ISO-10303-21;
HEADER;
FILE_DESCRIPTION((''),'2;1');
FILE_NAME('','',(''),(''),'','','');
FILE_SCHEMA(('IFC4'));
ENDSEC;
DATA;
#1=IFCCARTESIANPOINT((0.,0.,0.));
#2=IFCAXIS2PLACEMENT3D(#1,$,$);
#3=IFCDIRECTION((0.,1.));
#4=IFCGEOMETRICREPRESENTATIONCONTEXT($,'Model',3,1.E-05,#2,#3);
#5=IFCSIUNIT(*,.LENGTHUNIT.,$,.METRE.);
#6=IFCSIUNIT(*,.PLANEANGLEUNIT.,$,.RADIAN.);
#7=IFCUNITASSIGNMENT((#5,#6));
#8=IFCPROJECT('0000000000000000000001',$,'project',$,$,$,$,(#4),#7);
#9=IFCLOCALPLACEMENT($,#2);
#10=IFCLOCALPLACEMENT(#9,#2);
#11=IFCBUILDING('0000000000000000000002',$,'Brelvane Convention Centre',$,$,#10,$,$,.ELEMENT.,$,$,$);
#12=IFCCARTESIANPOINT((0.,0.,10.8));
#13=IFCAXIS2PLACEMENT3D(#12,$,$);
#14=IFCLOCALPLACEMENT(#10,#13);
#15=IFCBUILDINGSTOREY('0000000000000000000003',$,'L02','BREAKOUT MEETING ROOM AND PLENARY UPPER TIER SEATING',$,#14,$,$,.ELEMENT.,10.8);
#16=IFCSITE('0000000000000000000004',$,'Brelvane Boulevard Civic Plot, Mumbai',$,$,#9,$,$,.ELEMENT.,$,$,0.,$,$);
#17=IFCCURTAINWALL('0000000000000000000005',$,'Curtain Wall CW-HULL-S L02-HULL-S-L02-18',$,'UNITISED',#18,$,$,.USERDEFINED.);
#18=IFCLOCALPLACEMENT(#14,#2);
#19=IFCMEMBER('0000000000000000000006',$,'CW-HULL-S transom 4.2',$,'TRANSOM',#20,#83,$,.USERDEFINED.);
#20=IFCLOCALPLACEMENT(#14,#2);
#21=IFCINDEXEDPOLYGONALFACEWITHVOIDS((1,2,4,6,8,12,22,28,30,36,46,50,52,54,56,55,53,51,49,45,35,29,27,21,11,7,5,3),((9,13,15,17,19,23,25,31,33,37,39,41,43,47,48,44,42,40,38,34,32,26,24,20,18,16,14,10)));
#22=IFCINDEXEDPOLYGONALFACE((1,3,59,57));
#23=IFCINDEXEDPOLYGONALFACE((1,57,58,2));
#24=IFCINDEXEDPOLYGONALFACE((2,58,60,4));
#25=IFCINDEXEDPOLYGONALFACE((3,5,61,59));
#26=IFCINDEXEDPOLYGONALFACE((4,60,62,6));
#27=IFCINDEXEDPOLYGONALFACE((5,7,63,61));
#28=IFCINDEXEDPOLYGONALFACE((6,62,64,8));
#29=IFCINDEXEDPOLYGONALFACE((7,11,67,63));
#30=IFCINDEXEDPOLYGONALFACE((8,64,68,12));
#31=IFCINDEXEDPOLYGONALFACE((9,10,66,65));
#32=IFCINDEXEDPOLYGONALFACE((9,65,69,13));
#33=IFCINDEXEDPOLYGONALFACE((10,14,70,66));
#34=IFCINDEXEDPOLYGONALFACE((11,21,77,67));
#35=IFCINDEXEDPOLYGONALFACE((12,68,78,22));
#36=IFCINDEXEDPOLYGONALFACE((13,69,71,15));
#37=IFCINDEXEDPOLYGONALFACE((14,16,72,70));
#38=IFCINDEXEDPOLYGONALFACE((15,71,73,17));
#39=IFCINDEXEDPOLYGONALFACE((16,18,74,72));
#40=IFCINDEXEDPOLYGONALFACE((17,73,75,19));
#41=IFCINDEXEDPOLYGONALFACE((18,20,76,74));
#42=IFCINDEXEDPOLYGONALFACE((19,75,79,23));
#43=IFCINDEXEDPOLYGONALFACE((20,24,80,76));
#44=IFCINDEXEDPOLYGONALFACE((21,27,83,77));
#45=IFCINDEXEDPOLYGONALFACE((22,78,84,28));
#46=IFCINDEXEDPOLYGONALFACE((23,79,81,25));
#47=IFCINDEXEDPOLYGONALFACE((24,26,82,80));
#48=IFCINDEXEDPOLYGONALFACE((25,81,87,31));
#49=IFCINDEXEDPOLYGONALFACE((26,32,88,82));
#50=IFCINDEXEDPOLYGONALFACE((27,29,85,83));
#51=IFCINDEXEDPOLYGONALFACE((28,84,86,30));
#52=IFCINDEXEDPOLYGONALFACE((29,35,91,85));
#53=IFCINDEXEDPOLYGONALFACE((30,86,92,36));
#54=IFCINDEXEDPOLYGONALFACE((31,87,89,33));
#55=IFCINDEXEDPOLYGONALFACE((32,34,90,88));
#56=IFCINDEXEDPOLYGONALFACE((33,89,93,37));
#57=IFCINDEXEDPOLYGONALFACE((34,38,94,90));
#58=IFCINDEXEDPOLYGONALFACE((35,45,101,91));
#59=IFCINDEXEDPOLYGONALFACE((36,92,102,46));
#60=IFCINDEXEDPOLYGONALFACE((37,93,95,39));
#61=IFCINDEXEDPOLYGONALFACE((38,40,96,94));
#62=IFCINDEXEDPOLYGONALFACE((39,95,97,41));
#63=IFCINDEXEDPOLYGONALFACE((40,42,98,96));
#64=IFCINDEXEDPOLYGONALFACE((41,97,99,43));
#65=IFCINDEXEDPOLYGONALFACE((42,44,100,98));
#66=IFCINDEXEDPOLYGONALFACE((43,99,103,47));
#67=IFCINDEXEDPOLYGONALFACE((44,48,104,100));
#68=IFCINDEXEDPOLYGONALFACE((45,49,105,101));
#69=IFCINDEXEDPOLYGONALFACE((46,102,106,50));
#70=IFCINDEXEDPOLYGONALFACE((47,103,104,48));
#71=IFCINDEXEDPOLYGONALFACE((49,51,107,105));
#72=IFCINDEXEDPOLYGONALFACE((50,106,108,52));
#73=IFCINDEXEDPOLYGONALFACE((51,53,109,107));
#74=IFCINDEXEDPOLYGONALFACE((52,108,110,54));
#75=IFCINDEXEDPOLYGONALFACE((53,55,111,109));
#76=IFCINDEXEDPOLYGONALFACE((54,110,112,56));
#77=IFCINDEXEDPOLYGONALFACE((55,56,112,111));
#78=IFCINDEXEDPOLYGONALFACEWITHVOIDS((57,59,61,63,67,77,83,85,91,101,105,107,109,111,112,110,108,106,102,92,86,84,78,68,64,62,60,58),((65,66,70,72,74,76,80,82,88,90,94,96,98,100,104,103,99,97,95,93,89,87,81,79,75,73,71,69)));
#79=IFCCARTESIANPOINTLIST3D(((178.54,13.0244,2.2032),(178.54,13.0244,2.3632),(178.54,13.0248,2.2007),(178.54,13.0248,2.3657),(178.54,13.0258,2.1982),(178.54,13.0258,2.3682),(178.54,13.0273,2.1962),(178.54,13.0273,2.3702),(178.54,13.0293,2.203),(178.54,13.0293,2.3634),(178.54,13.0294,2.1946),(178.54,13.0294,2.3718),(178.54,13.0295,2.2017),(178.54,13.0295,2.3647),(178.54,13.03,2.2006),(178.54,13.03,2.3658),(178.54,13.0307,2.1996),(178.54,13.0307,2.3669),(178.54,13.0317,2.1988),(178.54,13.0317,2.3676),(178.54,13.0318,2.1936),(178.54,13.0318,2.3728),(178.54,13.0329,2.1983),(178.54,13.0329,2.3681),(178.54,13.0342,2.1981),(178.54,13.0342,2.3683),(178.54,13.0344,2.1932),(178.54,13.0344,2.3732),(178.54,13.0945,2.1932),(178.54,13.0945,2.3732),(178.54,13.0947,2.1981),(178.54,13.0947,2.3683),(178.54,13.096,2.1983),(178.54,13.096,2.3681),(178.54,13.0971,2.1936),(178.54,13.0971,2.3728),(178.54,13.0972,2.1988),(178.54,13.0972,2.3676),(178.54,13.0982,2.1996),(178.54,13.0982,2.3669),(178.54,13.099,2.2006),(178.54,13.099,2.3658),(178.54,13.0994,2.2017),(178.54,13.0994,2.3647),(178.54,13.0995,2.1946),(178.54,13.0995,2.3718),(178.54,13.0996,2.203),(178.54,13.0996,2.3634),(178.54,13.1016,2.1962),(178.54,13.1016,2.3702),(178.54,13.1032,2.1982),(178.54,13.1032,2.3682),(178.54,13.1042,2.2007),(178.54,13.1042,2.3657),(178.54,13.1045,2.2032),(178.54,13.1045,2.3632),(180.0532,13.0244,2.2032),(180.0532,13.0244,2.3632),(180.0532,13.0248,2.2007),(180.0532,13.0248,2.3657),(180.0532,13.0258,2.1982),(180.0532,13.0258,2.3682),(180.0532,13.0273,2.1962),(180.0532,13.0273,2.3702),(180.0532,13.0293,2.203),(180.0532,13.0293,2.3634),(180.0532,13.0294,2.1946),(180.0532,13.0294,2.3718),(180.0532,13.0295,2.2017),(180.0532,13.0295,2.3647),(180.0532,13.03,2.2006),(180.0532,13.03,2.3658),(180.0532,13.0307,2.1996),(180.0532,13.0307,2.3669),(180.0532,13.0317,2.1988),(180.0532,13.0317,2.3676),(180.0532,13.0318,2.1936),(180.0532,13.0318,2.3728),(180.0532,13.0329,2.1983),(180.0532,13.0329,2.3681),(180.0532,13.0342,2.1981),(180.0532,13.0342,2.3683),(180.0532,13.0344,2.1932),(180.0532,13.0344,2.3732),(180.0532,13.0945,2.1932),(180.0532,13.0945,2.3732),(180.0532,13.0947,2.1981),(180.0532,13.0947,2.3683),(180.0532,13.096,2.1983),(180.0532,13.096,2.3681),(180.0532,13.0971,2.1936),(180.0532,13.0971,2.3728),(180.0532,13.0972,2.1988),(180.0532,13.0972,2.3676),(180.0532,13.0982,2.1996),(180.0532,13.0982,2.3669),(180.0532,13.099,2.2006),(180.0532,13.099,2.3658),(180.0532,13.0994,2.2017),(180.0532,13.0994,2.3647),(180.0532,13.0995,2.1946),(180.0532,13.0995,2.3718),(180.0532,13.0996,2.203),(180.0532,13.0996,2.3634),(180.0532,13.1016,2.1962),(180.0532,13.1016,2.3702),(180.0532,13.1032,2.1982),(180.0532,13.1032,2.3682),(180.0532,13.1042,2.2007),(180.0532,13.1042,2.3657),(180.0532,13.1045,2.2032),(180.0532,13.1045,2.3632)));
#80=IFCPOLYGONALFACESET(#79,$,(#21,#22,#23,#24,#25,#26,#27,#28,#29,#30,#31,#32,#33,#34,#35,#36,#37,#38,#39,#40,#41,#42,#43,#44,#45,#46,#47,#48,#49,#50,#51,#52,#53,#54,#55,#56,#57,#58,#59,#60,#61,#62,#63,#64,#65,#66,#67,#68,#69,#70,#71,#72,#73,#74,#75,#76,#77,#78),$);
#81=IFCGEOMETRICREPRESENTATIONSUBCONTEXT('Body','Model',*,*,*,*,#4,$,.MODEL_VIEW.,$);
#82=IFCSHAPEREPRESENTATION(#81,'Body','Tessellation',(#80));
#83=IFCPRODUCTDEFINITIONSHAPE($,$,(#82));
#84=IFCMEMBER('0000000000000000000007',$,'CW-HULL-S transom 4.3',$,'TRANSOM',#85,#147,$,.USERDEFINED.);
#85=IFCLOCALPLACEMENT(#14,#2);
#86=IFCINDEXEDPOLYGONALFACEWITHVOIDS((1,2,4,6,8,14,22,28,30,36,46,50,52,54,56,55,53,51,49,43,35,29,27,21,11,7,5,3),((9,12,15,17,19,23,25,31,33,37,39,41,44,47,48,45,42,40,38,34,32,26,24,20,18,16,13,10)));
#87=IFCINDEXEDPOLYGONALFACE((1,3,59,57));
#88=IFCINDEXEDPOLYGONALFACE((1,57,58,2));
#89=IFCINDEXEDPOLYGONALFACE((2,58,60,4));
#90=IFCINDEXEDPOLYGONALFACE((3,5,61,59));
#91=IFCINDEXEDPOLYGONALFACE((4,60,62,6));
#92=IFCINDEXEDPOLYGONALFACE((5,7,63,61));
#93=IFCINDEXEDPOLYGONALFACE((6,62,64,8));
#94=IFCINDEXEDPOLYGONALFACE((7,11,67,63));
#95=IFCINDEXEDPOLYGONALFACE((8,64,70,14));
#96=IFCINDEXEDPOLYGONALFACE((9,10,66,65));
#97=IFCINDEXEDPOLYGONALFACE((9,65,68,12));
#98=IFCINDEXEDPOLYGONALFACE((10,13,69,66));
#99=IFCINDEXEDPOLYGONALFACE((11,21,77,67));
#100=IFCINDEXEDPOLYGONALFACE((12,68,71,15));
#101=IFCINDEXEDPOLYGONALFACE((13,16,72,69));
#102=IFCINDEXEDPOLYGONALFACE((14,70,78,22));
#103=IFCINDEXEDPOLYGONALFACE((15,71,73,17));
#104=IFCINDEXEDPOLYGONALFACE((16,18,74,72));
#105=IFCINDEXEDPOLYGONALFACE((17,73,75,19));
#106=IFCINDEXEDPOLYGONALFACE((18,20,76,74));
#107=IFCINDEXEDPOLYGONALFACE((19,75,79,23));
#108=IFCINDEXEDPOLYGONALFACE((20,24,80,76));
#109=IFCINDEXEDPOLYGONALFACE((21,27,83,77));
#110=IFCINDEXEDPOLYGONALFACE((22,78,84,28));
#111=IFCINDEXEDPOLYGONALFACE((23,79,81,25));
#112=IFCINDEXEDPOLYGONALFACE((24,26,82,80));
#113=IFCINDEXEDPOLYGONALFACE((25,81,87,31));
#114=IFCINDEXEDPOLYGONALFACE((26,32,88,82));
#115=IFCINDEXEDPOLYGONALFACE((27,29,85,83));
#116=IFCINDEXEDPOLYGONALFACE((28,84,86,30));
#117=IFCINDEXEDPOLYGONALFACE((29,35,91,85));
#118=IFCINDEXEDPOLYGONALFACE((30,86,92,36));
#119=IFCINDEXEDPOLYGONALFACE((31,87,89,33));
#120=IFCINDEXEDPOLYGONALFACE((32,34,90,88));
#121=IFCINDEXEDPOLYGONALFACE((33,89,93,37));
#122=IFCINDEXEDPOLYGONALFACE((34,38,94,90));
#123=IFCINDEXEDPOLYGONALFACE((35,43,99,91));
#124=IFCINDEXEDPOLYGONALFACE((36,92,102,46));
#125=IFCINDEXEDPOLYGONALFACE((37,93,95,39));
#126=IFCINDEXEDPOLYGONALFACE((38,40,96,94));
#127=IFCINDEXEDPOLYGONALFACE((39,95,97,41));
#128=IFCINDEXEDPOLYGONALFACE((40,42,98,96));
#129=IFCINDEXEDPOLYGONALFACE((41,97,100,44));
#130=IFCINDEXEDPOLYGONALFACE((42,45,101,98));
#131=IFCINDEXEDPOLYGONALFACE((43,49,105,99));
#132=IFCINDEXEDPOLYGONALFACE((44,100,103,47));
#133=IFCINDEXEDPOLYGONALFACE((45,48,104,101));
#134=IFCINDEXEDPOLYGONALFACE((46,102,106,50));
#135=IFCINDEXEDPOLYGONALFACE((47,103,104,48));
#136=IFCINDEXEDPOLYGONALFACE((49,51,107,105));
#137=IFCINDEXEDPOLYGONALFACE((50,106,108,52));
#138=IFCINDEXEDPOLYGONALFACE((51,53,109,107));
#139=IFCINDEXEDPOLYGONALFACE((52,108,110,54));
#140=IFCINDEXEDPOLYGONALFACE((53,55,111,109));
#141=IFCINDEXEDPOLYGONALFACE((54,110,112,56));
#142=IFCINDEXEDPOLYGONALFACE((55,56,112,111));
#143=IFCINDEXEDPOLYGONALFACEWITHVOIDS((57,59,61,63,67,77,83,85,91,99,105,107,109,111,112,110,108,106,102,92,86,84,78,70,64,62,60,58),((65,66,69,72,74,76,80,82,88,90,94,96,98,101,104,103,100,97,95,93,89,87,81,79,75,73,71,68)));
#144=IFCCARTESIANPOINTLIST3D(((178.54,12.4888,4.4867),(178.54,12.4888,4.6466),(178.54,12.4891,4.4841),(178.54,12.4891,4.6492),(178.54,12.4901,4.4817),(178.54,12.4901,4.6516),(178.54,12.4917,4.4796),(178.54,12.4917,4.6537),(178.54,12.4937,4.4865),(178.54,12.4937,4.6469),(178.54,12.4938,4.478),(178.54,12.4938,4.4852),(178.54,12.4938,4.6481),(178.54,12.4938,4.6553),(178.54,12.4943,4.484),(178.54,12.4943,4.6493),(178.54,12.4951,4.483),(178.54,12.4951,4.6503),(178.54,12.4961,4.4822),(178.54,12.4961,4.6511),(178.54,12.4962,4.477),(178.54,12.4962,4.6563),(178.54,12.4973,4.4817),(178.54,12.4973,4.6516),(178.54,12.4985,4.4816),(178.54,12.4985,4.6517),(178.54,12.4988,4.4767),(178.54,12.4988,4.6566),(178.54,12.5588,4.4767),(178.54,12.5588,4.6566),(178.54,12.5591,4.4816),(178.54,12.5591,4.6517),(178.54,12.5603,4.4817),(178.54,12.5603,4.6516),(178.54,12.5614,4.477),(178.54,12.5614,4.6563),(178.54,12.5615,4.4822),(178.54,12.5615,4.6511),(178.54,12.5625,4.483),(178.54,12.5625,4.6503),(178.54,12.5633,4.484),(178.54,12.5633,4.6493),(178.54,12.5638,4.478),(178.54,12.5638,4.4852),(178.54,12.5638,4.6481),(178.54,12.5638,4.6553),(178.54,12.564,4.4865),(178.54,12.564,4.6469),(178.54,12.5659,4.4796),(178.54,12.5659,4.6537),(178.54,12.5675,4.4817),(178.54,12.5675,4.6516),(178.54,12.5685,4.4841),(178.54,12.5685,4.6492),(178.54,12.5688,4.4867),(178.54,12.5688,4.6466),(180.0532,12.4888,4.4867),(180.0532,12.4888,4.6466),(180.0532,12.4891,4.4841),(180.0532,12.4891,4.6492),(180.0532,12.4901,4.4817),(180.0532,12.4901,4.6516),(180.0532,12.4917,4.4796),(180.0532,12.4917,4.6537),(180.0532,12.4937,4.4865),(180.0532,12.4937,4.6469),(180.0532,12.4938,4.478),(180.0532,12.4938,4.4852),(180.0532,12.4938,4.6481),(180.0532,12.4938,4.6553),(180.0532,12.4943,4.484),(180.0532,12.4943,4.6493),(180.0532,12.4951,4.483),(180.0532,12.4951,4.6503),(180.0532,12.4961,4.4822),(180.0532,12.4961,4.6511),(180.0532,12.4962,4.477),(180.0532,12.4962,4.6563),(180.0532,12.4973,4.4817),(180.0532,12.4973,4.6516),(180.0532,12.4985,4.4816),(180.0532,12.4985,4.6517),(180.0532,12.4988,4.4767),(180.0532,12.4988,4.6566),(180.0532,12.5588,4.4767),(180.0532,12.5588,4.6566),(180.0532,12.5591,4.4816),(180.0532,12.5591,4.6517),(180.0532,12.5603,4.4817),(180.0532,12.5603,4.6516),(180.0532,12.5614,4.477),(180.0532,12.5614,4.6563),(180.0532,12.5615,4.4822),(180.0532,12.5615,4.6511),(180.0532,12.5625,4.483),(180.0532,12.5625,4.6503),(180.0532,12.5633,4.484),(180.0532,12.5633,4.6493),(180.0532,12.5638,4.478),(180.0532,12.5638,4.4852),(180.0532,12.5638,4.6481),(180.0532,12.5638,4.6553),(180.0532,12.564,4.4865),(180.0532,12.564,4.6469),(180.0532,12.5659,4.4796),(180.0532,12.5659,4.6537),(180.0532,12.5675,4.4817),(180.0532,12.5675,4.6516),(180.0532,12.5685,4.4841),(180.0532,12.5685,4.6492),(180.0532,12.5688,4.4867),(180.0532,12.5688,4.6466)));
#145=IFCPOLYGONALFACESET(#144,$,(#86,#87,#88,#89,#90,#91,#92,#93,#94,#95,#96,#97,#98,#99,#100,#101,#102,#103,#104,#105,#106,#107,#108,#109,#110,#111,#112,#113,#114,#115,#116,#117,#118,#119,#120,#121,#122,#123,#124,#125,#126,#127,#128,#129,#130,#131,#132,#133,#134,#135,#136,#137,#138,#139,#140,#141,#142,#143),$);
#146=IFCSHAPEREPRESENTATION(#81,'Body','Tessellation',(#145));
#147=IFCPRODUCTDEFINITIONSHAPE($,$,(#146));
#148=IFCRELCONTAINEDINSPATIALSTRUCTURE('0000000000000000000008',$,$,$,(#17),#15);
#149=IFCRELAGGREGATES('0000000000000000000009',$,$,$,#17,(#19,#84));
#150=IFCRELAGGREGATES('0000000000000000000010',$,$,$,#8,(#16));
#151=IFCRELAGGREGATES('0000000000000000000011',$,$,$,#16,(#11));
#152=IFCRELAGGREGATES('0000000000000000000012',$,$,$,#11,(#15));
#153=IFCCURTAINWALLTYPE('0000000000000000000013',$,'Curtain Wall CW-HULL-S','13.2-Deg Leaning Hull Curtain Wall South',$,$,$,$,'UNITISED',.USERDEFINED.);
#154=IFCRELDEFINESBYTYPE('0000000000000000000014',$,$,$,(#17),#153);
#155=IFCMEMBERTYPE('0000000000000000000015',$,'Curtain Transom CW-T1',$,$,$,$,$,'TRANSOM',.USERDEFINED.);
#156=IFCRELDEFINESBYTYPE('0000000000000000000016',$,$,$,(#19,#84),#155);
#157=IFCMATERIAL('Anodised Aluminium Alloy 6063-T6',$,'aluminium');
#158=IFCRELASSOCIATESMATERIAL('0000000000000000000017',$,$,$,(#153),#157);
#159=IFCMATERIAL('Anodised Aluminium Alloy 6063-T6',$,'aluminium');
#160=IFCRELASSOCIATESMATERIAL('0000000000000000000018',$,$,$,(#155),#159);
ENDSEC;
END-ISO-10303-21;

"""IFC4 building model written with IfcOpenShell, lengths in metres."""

from ifc_helpers import new_model, si_unit, direction, frame, origin, origin_2d, place, context, subcontext, project, spatial, hollow_rectangle, extrude, material, material_profile, profile_set, type_object, element, aggregate, save


model = new_model("IFC4")

# Units and contexts
model_context = context("Model", 3, precision=1e-05, world=origin(), true_north=direction((0.0, 1.0)))
body_context = subcontext(model_context, "Body", "Model", "MODEL_VIEW")
ifc_project = project(units=[si_unit("LENGTHUNIT", "METRE"), si_unit("PLANEANGLEUNIT", "RADIAN")], contexts=[model_context])

# Site, building, storey
site_placement = place(None, origin())
site = spatial("IfcSite", under=ifc_project, at=site_placement, Name="Brelvane Boulevard Civic Plot, Mumbai", CompositionType="ELEMENT", RefElevation=0.0)
building_placement = place(site_placement, origin())
building = spatial("IfcBuilding", under=site, at=building_placement, Name="Brelvane Convention Centre", CompositionType="ELEMENT")
storey_placement = place(building_placement, frame((0.0, 0.0, 10.8)))
storey = spatial("IfcBuildingStorey", under=building, at=storey_placement, Name="L02", Description="BREAKOUT MEETING ROOM AND PLENARY UPPER TIER SEATING", CompositionType="ELEMENT", Elevation=10.8)

# Curtain wall, members
ifc_material_1 = material(Name="Anodised Aluminium Alloy 6063-T6", Category="aluminium")
curtain_wall_type = type_object("IfcCurtainWallType", Name="Curtain Wall CW-HULL-S", Description="13.2-Deg Leaning Hull Curtain Wall South", ElementType="UNITISED", PredefinedType="USERDEFINED", material=ifc_material_1)
curtain_wall_1_placement = place(storey_placement, origin())
curtain_wall_1 = element("IfcCurtainWall", 1, at=curtain_wall_1_placement, inside=storey, type_object=curtain_wall_type, Name="Curtain Wall CW-HULL-S L02-HULL-S-L02-18", ObjectType="UNITISED", PredefinedType="USERDEFINED")
ifc_material_2 = material(Name="Anodised Aluminium Alloy 6063-T6", Category="aluminium")
ifc_material_profile = material_profile(ifc_material_2, hollow_rectangle(XDim=0.0801, YDim=0.1799, WallThickness=0.0049, InnerFilletRadius=0.0049, OuterFilletRadius=0.01, at=origin_2d()), Name="ALU-T 180x80x5.0")
ifc_profile_set = profile_set([ifc_material_profile], Name="Anodised Aluminium Alloy 6063-T6")
member_type = type_object("IfcMemberType", Name="Curtain Transom CW-T1", ElementType="TRANSOM", PredefinedType="USERDEFINED", material=ifc_profile_set)
member_1_placement = place(storey_placement, frame((178.54, 13.0645, 2.2832), z_axis=(1.0, 0.0, 0.0), x_axis=(0.0, 1.0, 0.0)))
member_1 = element("IfcMember", 2, at=member_1_placement, type_object=member_type, Name="CW-HULL-S transom 4.2", ObjectType="TRANSOM", PredefinedType="USERDEFINED", context=body_context, shape_type="SweptSolid", body=[
    extrude(hollow_rectangle(XDim=0.0801, YDim=0.1799, WallThickness=0.0049, InnerFilletRadius=0.0049, OuterFilletRadius=0.01, at=origin_2d()), origin(), (0.0, 0.0, 1.0), 1.5132),
])
member_2_placement = place(storey_placement, frame((178.54, 12.5288, 4.5667), z_axis=(1.0, 0.0, 0.0), x_axis=(0.0, 1.0, 0.0)))
member_2 = element("IfcMember", 3, at=member_2_placement, type_object=member_type, Name="CW-HULL-S transom 4.3", ObjectType="TRANSOM", PredefinedType="USERDEFINED", context=body_context, shape_type="SweptSolid", body=[
    extrude(hollow_rectangle(XDim=0.0801, YDim=0.1799, WallThickness=0.0049, InnerFilletRadius=0.0049, OuterFilletRadius=0.01, at=origin_2d()), origin(), (0.0, 0.0, 1.0), 1.5132),
])

aggregate(curtain_wall_1, [member_1, member_2])

save(model, "model.ifc")
